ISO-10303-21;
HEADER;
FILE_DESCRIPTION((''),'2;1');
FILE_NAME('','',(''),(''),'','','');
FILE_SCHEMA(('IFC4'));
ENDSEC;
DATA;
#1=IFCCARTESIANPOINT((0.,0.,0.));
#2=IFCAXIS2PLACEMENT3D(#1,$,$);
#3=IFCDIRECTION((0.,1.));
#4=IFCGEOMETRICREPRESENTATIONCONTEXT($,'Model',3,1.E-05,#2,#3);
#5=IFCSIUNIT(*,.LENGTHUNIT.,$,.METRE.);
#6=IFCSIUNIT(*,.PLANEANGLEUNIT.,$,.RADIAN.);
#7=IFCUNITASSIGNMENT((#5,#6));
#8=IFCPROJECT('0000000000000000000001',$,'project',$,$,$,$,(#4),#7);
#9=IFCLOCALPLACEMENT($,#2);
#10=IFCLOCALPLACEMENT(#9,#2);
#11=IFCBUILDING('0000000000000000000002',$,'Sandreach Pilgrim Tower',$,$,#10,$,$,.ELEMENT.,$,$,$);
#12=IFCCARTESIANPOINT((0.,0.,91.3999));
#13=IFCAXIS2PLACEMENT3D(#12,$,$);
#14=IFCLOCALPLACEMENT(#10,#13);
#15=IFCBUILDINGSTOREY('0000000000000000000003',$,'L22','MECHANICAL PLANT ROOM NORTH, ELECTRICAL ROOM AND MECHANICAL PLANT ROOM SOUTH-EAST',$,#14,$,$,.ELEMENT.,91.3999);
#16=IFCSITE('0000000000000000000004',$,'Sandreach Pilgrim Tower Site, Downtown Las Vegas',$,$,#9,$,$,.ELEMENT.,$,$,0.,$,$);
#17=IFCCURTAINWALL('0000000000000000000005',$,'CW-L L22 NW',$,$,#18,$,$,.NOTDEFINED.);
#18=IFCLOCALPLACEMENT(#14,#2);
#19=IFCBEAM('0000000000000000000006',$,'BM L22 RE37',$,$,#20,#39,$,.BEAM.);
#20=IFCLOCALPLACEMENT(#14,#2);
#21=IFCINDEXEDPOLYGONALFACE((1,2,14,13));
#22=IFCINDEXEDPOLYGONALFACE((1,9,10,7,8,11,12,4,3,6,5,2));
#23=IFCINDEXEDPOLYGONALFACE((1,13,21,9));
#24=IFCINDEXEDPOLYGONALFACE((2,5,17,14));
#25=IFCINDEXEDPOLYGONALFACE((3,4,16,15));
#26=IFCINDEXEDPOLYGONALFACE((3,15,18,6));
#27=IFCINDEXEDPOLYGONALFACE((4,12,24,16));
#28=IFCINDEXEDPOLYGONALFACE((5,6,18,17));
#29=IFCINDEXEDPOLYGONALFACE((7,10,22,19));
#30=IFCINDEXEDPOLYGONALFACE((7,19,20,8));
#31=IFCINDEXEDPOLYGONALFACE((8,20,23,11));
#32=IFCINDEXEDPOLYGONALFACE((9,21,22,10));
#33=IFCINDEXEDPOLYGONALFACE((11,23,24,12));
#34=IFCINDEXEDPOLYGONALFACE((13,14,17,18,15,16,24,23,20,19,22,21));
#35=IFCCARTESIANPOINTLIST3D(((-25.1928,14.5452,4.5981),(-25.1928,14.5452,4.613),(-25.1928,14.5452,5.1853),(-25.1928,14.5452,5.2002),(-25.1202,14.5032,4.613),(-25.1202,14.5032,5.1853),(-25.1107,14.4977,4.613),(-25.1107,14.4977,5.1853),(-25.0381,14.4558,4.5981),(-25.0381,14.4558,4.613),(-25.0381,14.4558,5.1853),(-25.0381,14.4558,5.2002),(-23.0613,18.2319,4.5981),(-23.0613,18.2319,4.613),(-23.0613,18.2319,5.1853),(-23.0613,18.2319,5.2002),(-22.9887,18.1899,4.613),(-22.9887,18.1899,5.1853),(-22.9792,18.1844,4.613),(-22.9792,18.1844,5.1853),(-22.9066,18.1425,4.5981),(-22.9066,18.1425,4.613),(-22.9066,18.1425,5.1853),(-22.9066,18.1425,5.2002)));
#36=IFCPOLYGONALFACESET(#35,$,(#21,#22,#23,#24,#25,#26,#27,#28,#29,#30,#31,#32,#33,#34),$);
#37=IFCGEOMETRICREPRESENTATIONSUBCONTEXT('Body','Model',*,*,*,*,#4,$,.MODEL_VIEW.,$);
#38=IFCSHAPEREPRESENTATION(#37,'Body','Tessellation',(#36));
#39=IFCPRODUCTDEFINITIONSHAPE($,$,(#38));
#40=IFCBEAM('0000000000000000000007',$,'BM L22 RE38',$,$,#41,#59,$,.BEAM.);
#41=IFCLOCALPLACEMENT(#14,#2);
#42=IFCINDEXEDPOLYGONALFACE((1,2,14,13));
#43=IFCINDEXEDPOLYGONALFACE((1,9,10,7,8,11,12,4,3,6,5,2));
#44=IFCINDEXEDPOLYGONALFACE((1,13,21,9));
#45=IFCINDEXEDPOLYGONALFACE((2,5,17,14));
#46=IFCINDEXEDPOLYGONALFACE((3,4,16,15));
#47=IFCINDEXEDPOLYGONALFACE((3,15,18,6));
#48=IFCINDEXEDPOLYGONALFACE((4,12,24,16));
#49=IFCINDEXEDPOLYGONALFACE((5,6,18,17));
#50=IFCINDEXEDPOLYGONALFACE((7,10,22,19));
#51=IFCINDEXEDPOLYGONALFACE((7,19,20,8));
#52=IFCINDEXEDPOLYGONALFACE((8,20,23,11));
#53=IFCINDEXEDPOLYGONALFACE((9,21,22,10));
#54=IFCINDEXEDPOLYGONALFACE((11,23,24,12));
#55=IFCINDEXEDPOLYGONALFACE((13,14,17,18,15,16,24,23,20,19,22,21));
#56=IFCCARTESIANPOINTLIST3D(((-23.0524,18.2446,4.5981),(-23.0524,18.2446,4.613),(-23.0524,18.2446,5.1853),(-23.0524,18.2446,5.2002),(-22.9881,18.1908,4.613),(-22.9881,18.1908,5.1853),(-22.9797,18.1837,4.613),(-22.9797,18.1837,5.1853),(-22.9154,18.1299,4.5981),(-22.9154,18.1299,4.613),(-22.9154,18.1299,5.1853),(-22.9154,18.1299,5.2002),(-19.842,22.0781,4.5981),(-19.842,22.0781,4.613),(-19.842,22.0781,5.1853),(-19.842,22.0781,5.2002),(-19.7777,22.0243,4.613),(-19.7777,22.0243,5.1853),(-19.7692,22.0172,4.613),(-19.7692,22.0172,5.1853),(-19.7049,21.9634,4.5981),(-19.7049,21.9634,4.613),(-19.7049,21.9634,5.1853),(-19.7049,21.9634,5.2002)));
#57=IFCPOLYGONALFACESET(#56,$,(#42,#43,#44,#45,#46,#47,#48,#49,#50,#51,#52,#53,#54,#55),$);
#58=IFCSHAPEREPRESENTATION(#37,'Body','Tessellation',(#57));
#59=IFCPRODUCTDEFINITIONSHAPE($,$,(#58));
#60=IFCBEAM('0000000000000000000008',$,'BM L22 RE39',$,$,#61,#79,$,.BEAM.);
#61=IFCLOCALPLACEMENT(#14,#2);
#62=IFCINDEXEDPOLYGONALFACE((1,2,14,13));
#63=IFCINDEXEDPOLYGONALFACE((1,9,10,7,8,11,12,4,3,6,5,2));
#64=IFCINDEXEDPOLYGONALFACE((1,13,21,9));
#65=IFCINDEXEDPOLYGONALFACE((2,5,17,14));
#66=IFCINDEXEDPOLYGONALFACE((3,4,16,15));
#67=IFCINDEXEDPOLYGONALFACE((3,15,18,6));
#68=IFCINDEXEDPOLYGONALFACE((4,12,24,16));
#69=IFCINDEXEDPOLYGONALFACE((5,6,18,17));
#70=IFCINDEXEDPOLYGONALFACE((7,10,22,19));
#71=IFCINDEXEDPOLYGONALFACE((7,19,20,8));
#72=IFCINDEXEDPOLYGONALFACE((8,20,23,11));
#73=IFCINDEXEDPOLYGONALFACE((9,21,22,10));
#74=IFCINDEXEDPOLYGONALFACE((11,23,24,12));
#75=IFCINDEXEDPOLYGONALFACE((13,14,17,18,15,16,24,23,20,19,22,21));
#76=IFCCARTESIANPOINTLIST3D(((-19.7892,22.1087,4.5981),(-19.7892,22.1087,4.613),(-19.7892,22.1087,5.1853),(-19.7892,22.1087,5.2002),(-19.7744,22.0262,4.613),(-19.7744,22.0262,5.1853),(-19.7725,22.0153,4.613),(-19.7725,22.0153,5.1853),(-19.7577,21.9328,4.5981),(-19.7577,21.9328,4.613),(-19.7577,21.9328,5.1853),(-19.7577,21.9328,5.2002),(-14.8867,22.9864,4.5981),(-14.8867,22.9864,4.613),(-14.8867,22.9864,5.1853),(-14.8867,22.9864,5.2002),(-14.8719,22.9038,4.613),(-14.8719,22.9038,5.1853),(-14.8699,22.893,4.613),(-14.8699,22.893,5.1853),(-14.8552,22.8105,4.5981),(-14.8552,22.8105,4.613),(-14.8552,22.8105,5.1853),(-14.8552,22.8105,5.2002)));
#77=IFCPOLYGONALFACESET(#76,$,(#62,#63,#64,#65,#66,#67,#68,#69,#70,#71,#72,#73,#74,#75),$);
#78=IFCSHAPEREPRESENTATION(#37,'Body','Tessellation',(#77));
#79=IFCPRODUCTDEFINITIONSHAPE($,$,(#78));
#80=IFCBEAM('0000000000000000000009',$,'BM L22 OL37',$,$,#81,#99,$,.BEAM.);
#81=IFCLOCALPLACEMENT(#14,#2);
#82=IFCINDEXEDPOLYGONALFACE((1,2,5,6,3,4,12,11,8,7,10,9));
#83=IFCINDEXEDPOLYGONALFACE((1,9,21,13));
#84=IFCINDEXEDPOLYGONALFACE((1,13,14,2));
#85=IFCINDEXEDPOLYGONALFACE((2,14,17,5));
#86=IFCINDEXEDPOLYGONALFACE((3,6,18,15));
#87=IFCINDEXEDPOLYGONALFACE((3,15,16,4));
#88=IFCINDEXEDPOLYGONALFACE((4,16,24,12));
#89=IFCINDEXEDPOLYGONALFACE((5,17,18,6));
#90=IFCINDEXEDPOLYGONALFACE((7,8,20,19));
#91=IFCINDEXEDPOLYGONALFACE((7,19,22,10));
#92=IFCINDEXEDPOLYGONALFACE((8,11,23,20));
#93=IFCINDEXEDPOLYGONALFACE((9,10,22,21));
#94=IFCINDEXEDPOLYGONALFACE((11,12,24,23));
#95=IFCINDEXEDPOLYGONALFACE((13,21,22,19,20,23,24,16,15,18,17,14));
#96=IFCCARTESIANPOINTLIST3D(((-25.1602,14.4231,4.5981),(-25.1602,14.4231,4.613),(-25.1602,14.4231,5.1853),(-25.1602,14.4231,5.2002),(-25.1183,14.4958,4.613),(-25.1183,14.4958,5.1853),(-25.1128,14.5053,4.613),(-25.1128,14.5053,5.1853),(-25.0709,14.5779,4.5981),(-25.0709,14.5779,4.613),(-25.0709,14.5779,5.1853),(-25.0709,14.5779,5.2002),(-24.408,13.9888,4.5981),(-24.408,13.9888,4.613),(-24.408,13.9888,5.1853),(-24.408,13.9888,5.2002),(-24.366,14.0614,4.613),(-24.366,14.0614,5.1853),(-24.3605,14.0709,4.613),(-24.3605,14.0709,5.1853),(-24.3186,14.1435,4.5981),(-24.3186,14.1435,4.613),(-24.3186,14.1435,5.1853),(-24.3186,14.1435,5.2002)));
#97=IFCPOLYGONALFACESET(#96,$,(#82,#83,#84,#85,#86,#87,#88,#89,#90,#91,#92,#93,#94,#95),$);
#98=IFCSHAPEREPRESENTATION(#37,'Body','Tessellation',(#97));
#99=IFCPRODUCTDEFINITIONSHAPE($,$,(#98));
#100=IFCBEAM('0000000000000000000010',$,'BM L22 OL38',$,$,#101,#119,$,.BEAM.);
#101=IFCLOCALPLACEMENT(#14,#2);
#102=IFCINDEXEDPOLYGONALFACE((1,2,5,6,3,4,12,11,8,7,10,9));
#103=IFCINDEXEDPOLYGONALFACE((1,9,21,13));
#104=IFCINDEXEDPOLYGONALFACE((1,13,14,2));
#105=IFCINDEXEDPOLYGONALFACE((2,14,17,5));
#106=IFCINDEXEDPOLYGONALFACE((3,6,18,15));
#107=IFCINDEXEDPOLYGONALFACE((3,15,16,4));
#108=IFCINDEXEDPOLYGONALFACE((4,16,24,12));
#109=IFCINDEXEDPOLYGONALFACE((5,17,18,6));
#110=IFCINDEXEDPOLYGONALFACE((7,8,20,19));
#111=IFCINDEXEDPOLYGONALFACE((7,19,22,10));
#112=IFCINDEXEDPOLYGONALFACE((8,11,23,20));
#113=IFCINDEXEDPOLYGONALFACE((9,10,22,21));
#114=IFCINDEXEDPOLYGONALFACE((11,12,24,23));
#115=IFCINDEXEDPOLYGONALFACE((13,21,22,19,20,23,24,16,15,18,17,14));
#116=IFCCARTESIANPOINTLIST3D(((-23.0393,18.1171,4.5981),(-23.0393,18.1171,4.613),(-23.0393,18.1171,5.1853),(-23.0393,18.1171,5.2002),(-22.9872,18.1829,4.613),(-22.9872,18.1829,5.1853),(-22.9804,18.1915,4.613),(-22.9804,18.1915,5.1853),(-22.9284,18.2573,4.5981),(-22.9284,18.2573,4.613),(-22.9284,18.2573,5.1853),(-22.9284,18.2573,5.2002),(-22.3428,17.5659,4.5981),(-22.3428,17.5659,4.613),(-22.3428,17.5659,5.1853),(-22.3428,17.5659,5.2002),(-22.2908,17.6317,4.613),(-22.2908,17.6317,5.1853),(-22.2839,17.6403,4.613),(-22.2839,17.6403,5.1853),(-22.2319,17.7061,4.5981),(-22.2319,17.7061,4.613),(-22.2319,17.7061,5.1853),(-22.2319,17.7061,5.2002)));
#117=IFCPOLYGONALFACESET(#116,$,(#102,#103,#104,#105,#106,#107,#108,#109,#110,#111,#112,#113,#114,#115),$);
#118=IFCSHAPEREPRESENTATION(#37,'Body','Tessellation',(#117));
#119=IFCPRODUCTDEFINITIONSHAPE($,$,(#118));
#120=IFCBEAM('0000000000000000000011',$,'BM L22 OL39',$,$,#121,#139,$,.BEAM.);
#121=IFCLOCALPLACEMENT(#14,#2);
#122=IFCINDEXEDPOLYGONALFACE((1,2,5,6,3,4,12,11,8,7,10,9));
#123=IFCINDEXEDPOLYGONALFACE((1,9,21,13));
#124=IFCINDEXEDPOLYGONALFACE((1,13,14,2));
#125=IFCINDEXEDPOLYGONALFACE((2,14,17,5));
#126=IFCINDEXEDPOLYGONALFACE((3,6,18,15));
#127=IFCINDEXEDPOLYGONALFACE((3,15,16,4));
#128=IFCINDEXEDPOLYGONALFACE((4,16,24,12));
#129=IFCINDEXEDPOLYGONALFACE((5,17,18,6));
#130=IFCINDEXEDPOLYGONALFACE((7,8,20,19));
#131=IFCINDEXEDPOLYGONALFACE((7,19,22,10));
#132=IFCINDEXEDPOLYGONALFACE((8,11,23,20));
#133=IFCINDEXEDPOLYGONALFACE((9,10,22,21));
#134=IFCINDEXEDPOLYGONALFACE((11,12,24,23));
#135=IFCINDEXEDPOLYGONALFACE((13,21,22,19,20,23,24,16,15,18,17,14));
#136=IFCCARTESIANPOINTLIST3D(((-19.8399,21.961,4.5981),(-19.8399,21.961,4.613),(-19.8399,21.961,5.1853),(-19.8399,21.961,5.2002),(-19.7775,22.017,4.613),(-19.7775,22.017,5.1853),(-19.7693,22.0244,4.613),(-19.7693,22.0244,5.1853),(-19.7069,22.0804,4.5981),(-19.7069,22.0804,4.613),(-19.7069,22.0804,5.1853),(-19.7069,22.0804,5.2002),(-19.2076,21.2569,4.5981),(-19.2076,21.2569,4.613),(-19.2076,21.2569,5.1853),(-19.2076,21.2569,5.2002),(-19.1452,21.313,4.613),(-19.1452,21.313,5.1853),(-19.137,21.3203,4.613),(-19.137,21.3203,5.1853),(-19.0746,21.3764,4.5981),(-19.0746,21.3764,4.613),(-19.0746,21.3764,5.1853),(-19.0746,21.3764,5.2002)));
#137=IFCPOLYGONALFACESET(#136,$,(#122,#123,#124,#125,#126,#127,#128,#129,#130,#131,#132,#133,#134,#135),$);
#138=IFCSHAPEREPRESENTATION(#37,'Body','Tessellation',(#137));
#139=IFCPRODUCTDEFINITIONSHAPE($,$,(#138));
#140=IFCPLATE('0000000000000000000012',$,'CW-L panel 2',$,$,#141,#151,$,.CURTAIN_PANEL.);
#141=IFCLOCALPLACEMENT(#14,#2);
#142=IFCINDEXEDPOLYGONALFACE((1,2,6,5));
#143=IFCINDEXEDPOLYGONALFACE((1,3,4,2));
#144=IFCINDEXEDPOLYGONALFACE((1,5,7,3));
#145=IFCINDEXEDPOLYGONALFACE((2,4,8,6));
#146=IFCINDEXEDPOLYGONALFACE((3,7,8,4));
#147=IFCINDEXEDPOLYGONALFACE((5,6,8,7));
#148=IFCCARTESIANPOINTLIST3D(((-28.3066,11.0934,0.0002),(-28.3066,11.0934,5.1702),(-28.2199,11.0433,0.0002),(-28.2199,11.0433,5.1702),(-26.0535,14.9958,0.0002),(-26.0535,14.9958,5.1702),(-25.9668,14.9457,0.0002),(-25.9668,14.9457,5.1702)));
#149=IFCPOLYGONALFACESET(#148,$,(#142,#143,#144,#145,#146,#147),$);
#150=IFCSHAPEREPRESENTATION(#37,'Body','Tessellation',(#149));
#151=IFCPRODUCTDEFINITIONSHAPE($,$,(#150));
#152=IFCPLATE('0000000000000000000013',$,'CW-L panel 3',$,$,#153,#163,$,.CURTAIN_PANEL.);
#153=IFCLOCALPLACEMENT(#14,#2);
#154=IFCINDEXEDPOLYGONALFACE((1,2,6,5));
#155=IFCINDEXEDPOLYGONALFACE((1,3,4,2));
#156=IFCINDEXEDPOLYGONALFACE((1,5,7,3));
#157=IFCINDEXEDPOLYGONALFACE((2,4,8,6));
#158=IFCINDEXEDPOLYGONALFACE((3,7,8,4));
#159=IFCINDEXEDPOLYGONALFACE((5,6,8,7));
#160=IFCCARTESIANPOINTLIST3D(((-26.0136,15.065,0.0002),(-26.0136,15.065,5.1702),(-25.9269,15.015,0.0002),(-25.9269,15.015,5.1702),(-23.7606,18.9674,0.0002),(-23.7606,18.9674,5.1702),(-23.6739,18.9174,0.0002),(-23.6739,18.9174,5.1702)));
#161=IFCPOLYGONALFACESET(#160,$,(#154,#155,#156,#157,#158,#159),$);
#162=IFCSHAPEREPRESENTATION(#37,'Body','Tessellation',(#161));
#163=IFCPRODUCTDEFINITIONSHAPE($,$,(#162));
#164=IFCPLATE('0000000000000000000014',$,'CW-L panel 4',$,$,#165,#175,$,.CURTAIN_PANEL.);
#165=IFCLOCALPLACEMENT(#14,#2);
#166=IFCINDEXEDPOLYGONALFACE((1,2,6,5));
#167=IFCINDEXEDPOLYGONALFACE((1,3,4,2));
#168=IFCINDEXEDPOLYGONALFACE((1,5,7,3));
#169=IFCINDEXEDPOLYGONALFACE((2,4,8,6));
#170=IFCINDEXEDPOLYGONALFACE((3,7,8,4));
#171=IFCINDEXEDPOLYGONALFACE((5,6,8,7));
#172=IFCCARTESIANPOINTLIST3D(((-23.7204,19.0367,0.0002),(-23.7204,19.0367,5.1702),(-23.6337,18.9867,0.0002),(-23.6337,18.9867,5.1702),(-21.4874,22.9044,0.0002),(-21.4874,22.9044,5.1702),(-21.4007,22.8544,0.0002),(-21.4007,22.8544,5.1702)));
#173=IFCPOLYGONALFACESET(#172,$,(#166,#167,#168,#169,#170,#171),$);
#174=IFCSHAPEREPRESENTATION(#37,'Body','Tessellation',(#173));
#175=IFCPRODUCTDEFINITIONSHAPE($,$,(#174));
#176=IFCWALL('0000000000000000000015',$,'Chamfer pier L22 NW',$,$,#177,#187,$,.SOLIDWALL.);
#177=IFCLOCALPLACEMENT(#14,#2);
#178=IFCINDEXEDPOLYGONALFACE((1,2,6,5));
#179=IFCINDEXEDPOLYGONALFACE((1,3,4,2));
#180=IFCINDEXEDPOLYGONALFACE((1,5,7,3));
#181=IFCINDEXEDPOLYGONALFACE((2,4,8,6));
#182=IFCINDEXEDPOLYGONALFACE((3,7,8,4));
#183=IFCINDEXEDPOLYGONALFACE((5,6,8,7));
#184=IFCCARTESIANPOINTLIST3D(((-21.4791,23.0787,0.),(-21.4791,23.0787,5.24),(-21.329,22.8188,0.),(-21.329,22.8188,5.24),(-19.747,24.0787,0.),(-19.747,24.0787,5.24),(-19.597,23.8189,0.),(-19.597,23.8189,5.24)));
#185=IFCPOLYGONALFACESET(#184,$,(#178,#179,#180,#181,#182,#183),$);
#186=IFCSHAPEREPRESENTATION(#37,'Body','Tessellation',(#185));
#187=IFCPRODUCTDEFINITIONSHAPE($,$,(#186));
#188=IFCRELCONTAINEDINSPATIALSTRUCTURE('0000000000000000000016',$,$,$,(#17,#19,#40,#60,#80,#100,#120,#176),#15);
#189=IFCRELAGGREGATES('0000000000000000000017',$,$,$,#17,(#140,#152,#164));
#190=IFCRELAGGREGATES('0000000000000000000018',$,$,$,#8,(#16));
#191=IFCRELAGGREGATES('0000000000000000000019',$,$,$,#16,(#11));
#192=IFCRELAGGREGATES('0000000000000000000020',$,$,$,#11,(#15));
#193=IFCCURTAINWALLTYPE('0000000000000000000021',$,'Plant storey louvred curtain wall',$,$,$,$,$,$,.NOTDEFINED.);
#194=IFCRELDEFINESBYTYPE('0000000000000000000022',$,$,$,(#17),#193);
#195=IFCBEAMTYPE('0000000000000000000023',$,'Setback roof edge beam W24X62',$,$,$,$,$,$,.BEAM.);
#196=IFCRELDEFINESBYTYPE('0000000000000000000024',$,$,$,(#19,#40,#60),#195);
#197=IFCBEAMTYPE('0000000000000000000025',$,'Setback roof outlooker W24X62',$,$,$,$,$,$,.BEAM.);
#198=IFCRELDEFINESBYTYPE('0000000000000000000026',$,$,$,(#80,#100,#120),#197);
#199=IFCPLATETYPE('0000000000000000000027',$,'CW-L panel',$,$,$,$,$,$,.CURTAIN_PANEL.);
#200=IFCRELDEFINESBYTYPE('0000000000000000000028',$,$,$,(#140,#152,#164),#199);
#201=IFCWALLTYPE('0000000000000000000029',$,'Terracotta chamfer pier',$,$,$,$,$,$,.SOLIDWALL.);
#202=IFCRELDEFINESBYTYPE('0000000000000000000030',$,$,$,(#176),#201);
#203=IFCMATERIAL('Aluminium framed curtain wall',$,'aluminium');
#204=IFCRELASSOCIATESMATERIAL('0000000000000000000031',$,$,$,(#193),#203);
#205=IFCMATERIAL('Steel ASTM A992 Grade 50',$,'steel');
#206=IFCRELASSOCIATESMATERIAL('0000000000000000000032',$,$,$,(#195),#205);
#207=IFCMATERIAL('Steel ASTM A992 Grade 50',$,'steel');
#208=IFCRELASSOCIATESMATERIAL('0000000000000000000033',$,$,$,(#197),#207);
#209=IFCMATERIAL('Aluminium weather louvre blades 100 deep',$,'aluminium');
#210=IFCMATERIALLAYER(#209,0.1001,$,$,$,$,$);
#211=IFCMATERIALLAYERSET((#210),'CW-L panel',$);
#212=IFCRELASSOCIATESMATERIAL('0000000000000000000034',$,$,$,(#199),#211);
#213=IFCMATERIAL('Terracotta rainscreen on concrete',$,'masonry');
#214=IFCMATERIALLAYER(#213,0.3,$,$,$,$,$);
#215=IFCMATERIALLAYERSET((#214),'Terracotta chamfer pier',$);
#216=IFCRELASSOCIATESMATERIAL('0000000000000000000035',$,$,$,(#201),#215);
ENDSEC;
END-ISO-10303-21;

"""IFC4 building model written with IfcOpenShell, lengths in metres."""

from ifc_helpers import new_model, si_unit, direction, frame, frame_2d, origin, origin_2d, place, context, subcontext, project, spatial, rectangle, i_section, extrude, material, layer, layer_set, material_profile, profile_set, type_object, element, aggregate, save


model = new_model("IFC4")

# Units and contexts
model_context = context("Model", 3, precision=1e-05, world=origin(), true_north=direction((0.0, 1.0)))
body_context = subcontext(model_context, "Body", "Model", "MODEL_VIEW")
ifc_project = project(units=[si_unit("LENGTHUNIT", "METRE"), si_unit("PLANEANGLEUNIT", "RADIAN")], contexts=[model_context])

# Site, building, storey
site_placement = place(None, origin())
site = spatial("IfcSite", under=ifc_project, at=site_placement, Name="Sandreach Pilgrim Tower Site, Downtown Las Vegas", CompositionType="ELEMENT", RefElevation=0.0)
building_placement = place(site_placement, origin())
building = spatial("IfcBuilding", under=site, at=building_placement, Name="Sandreach Pilgrim Tower", CompositionType="ELEMENT")
storey_placement = place(building_placement, frame((0.0, 0.0, 91.3999)))
storey = spatial("IfcBuildingStorey", under=building, at=storey_placement, Name="L22", Description="MECHANICAL PLANT ROOM NORTH, ELECTRICAL ROOM AND MECHANICAL PLANT ROOM SOUTH-EAST", CompositionType="ELEMENT", Elevation=91.3999)

# Shared definitions
ifc_material_1 = material(Name="Aluminium framed curtain wall", Category="aluminium")
curtain_wall_type = type_object("IfcCurtainWallType", Name="Plant storey louvred curtain wall", PredefinedType="NOTDEFINED", material=ifc_material_1)

# Curtain wall
curtain_wall_1_placement = place(storey_placement, origin())
curtain_wall_1 = element("IfcCurtainWall", 1, at=curtain_wall_1_placement, inside=storey, type_object=curtain_wall_type, Name="CW-L L22 NW", PredefinedType="NOTDEFINED")

# Beams
ifc_material_2 = material(Name="Steel ASTM A992 Grade 50", Category="steel")
ifc_material_profile_1 = material_profile(ifc_material_2, i_section(OverallWidth=0.1787, OverallDepth=0.6021, WebThickness=0.011, FlangeThickness=0.0149, at=origin_2d()), Name="W24X62")
ifc_profile_set_1 = profile_set([ifc_material_profile_1], Name="Steel ASTM A992 Grade 50")
beam_type_1 = type_object("IfcBeamType", Name="Setback roof edge beam W24X62", PredefinedType="BEAM", material=ifc_profile_set_1)
beam_1_placement = place(storey_placement, frame((-25.1155, 14.5005, 4.8992), z_axis=(0.500535, 0.865717, 0.0), x_axis=(-0.865717, 0.500535, 0.0)))
element("IfcBeam", 2, at=beam_1_placement, inside=storey, type_object=beam_type_1, Name="BM L22 RE37", PredefinedType="BEAM", context=body_context, shape_type="SweptSolid", body=[
    extrude(i_section(OverallWidth=0.1787, OverallDepth=0.6021, WebThickness=0.011, FlangeThickness=0.0149, at=origin_2d()), origin(), (0.0, 0.0, 1.0), 4.2585),
])
beam_2_placement = place(storey_placement, frame((-22.9839, 18.1873, 4.8992), z_axis=(0.642055, 0.766658, 0.0), x_axis=(-0.766658, 0.642055, 0.0)))
element("IfcBeam", 3, at=beam_2_placement, inside=storey, type_object=beam_type_1, Name="BM L22 RE38", PredefinedType="BEAM", context=body_context, shape_type="SweptSolid", body=[
    extrude(i_section(OverallWidth=0.1787, OverallDepth=0.6021, WebThickness=0.011, FlangeThickness=0.0149, at=origin_2d()), origin(), (0.0, 0.0, 1.0), 5.0002),
])
beam_3_placement = place(storey_placement, frame((-19.7734, 22.0208, 4.8992), z_axis=(0.98435, 0.176223, 0.0), x_axis=(-0.176223, 0.98435, 0.0)))
element("IfcBeam", 4, at=beam_3_placement, inside=storey, type_object=beam_type_1, Name="BM L22 RE39", PredefinedType="BEAM", context=body_context, shape_type="SweptSolid", body=[
    extrude(i_section(OverallWidth=0.1787, OverallDepth=0.6021, WebThickness=0.011, FlangeThickness=0.0149, at=origin_2d()), origin(), (0.0, 0.0, 1.0), 4.9805),
])
ifc_material_3 = material(Name="Steel ASTM A992 Grade 50", Category="steel")
ifc_material_profile_2 = material_profile(ifc_material_3, i_section(OverallWidth=0.1787, OverallDepth=0.6021, WebThickness=0.011, FlangeThickness=0.0149, at=origin_2d()), Name="W24X62")
ifc_profile_set_2 = profile_set([ifc_material_profile_2], Name="Steel ASTM A992 Grade 50")
beam_type_2 = type_object("IfcBeamType", Name="Setback roof outlooker W24X62", PredefinedType="BEAM", material=ifc_profile_set_2)
beam_4_placement = place(storey_placement, frame((-24.3633, 14.0662, 4.8992), z_axis=(-0.866003, 0.500039, 0.0), x_axis=(-0.500039, -0.866003, 0.0)))
element("IfcBeam", 5, at=beam_4_placement, inside=storey, type_object=beam_type_2, Name="BM L22 OL37", PredefinedType="BEAM", context=body_context, shape_type="SweptSolid", body=[
    extrude(i_section(OverallWidth=0.1787, OverallDepth=0.6021, WebThickness=0.011, FlangeThickness=0.0149, at=origin_2d()), origin(), (0.0, 0.0, 1.0), 0.8687),
])
beam_5_placement = place(storey_placement, frame((-22.2874, 17.636, 4.8992), z_axis=(-0.784129, 0.620597, 0.0), x_axis=(-0.620597, -0.784129, 0.0)))
element("IfcBeam", 6, at=beam_5_placement, inside=storey, type_object=beam_type_2, Name="BM L22 OL38", PredefinedType="BEAM", context=body_context, shape_type="SweptSolid", body=[
    extrude(i_section(OverallWidth=0.1787, OverallDepth=0.6021, WebThickness=0.011, FlangeThickness=0.0149, at=origin_2d()), origin(), (0.0, 0.0, 1.0), 0.8882),
])
beam_6_placement = place(storey_placement, frame((-19.1411, 21.3167, 4.8992), z_axis=(-0.668166, 0.744012, 0.0), x_axis=(-0.744012, -0.668166, 0.0)))
element("IfcBeam", 7, at=beam_6_placement, inside=storey, type_object=beam_type_2, Name="BM L22 OL39", PredefinedType="BEAM", context=body_context, shape_type="SweptSolid", body=[
    extrude(i_section(OverallWidth=0.1787, OverallDepth=0.6021, WebThickness=0.011, FlangeThickness=0.0149, at=origin_2d()), origin(), (0.0, 0.0, 1.0), 0.9463),
])

# Plates
ifc_material_4 = material(Name="Aluminium weather louvre blades 100 deep", Category="aluminium")
ifc_layer_1 = layer(ifc_material_4, 0.1001)
ifc_layer_set_1 = layer_set([ifc_layer_1], Name="CW-L panel")
plate_type = type_object("IfcPlateType", Name="CW-L panel", PredefinedType="CURTAIN_PANEL", material=ifc_layer_set_1)
plate_1_placement = place(storey_placement, frame((-27.1367, 13.0195, 0.0002), z_axis=(0.0, 0.0, 1.0), x_axis=(0.5, 0.866025, 0.0)))
plate_1 = element("IfcPlate", 8, at=plate_1_placement, type_object=plate_type, Name="CW-L panel 2", PredefinedType="CURTAIN_PANEL", context=body_context, shape_type="SweptSolid", body=[
    extrude(rectangle(XDim=4.5061, YDim=0.1001, at=origin_2d()), origin(), (0.0, 0.0, 1.0), 5.1699),
])
plate_2_placement = place(storey_placement, frame((-24.8438, 16.9912, 0.0002), z_axis=(0.0, 0.0, 1.0), x_axis=(0.5, 0.866025, 0.0)))
plate_2 = element("IfcPlate", 9, at=plate_2_placement, type_object=plate_type, Name="CW-L panel 3", PredefinedType="CURTAIN_PANEL", context=body_context, shape_type="SweptSolid", body=[
    extrude(rectangle(XDim=4.5061, YDim=0.1001, at=origin_2d()), origin(), (0.0, 0.0, 1.0), 5.1699),
])
plate_3_placement = place(storey_placement, frame((-22.5605, 20.9456, 0.0002), z_axis=(0.0, 0.0, 1.0), x_axis=(0.5, 0.866025, 0.0)))
plate_3 = element("IfcPlate", 10, at=plate_3_placement, type_object=plate_type, Name="CW-L panel 4", PredefinedType="CURTAIN_PANEL", context=body_context, shape_type="SweptSolid", body=[
    extrude(rectangle(XDim=4.4661, YDim=0.1001, at=origin_2d()), origin(), (0.0, 0.0, 1.0), 5.1699),
])
aggregate(curtain_wall_1, [plate_1, plate_2, plate_3])

# Wall
ifc_material_5 = material(Name="Terracotta rainscreen on concrete", Category="masonry")
ifc_layer_2 = layer(ifc_material_5, 0.3)
ifc_layer_set_2 = layer_set([ifc_layer_2], Name="Terracotta chamfer pier")
wall_type = type_object("IfcWallType", Name="Terracotta chamfer pier", PredefinedType="SOLIDWALL", material=ifc_layer_set_2)
wall_placement = place(storey_placement, frame((-21.4041, 22.9487, 0.0), z_axis=(0.0, 0.0, 1.0), x_axis=(0.866011, 0.500025, 0.0)))
element("IfcWall", 11, at=wall_placement, inside=storey, type_object=wall_type, Name="Chamfer pier L22 NW", PredefinedType="SOLIDWALL", context=body_context, shape_type="SweptSolid", body=[
    extrude(rectangle(XDim=2.0, YDim=0.3, at=frame_2d((1.0, 0.0))), origin(), (0.0, 0.0, 1.0), 5.24),
])

save(model, "model.ifc")
